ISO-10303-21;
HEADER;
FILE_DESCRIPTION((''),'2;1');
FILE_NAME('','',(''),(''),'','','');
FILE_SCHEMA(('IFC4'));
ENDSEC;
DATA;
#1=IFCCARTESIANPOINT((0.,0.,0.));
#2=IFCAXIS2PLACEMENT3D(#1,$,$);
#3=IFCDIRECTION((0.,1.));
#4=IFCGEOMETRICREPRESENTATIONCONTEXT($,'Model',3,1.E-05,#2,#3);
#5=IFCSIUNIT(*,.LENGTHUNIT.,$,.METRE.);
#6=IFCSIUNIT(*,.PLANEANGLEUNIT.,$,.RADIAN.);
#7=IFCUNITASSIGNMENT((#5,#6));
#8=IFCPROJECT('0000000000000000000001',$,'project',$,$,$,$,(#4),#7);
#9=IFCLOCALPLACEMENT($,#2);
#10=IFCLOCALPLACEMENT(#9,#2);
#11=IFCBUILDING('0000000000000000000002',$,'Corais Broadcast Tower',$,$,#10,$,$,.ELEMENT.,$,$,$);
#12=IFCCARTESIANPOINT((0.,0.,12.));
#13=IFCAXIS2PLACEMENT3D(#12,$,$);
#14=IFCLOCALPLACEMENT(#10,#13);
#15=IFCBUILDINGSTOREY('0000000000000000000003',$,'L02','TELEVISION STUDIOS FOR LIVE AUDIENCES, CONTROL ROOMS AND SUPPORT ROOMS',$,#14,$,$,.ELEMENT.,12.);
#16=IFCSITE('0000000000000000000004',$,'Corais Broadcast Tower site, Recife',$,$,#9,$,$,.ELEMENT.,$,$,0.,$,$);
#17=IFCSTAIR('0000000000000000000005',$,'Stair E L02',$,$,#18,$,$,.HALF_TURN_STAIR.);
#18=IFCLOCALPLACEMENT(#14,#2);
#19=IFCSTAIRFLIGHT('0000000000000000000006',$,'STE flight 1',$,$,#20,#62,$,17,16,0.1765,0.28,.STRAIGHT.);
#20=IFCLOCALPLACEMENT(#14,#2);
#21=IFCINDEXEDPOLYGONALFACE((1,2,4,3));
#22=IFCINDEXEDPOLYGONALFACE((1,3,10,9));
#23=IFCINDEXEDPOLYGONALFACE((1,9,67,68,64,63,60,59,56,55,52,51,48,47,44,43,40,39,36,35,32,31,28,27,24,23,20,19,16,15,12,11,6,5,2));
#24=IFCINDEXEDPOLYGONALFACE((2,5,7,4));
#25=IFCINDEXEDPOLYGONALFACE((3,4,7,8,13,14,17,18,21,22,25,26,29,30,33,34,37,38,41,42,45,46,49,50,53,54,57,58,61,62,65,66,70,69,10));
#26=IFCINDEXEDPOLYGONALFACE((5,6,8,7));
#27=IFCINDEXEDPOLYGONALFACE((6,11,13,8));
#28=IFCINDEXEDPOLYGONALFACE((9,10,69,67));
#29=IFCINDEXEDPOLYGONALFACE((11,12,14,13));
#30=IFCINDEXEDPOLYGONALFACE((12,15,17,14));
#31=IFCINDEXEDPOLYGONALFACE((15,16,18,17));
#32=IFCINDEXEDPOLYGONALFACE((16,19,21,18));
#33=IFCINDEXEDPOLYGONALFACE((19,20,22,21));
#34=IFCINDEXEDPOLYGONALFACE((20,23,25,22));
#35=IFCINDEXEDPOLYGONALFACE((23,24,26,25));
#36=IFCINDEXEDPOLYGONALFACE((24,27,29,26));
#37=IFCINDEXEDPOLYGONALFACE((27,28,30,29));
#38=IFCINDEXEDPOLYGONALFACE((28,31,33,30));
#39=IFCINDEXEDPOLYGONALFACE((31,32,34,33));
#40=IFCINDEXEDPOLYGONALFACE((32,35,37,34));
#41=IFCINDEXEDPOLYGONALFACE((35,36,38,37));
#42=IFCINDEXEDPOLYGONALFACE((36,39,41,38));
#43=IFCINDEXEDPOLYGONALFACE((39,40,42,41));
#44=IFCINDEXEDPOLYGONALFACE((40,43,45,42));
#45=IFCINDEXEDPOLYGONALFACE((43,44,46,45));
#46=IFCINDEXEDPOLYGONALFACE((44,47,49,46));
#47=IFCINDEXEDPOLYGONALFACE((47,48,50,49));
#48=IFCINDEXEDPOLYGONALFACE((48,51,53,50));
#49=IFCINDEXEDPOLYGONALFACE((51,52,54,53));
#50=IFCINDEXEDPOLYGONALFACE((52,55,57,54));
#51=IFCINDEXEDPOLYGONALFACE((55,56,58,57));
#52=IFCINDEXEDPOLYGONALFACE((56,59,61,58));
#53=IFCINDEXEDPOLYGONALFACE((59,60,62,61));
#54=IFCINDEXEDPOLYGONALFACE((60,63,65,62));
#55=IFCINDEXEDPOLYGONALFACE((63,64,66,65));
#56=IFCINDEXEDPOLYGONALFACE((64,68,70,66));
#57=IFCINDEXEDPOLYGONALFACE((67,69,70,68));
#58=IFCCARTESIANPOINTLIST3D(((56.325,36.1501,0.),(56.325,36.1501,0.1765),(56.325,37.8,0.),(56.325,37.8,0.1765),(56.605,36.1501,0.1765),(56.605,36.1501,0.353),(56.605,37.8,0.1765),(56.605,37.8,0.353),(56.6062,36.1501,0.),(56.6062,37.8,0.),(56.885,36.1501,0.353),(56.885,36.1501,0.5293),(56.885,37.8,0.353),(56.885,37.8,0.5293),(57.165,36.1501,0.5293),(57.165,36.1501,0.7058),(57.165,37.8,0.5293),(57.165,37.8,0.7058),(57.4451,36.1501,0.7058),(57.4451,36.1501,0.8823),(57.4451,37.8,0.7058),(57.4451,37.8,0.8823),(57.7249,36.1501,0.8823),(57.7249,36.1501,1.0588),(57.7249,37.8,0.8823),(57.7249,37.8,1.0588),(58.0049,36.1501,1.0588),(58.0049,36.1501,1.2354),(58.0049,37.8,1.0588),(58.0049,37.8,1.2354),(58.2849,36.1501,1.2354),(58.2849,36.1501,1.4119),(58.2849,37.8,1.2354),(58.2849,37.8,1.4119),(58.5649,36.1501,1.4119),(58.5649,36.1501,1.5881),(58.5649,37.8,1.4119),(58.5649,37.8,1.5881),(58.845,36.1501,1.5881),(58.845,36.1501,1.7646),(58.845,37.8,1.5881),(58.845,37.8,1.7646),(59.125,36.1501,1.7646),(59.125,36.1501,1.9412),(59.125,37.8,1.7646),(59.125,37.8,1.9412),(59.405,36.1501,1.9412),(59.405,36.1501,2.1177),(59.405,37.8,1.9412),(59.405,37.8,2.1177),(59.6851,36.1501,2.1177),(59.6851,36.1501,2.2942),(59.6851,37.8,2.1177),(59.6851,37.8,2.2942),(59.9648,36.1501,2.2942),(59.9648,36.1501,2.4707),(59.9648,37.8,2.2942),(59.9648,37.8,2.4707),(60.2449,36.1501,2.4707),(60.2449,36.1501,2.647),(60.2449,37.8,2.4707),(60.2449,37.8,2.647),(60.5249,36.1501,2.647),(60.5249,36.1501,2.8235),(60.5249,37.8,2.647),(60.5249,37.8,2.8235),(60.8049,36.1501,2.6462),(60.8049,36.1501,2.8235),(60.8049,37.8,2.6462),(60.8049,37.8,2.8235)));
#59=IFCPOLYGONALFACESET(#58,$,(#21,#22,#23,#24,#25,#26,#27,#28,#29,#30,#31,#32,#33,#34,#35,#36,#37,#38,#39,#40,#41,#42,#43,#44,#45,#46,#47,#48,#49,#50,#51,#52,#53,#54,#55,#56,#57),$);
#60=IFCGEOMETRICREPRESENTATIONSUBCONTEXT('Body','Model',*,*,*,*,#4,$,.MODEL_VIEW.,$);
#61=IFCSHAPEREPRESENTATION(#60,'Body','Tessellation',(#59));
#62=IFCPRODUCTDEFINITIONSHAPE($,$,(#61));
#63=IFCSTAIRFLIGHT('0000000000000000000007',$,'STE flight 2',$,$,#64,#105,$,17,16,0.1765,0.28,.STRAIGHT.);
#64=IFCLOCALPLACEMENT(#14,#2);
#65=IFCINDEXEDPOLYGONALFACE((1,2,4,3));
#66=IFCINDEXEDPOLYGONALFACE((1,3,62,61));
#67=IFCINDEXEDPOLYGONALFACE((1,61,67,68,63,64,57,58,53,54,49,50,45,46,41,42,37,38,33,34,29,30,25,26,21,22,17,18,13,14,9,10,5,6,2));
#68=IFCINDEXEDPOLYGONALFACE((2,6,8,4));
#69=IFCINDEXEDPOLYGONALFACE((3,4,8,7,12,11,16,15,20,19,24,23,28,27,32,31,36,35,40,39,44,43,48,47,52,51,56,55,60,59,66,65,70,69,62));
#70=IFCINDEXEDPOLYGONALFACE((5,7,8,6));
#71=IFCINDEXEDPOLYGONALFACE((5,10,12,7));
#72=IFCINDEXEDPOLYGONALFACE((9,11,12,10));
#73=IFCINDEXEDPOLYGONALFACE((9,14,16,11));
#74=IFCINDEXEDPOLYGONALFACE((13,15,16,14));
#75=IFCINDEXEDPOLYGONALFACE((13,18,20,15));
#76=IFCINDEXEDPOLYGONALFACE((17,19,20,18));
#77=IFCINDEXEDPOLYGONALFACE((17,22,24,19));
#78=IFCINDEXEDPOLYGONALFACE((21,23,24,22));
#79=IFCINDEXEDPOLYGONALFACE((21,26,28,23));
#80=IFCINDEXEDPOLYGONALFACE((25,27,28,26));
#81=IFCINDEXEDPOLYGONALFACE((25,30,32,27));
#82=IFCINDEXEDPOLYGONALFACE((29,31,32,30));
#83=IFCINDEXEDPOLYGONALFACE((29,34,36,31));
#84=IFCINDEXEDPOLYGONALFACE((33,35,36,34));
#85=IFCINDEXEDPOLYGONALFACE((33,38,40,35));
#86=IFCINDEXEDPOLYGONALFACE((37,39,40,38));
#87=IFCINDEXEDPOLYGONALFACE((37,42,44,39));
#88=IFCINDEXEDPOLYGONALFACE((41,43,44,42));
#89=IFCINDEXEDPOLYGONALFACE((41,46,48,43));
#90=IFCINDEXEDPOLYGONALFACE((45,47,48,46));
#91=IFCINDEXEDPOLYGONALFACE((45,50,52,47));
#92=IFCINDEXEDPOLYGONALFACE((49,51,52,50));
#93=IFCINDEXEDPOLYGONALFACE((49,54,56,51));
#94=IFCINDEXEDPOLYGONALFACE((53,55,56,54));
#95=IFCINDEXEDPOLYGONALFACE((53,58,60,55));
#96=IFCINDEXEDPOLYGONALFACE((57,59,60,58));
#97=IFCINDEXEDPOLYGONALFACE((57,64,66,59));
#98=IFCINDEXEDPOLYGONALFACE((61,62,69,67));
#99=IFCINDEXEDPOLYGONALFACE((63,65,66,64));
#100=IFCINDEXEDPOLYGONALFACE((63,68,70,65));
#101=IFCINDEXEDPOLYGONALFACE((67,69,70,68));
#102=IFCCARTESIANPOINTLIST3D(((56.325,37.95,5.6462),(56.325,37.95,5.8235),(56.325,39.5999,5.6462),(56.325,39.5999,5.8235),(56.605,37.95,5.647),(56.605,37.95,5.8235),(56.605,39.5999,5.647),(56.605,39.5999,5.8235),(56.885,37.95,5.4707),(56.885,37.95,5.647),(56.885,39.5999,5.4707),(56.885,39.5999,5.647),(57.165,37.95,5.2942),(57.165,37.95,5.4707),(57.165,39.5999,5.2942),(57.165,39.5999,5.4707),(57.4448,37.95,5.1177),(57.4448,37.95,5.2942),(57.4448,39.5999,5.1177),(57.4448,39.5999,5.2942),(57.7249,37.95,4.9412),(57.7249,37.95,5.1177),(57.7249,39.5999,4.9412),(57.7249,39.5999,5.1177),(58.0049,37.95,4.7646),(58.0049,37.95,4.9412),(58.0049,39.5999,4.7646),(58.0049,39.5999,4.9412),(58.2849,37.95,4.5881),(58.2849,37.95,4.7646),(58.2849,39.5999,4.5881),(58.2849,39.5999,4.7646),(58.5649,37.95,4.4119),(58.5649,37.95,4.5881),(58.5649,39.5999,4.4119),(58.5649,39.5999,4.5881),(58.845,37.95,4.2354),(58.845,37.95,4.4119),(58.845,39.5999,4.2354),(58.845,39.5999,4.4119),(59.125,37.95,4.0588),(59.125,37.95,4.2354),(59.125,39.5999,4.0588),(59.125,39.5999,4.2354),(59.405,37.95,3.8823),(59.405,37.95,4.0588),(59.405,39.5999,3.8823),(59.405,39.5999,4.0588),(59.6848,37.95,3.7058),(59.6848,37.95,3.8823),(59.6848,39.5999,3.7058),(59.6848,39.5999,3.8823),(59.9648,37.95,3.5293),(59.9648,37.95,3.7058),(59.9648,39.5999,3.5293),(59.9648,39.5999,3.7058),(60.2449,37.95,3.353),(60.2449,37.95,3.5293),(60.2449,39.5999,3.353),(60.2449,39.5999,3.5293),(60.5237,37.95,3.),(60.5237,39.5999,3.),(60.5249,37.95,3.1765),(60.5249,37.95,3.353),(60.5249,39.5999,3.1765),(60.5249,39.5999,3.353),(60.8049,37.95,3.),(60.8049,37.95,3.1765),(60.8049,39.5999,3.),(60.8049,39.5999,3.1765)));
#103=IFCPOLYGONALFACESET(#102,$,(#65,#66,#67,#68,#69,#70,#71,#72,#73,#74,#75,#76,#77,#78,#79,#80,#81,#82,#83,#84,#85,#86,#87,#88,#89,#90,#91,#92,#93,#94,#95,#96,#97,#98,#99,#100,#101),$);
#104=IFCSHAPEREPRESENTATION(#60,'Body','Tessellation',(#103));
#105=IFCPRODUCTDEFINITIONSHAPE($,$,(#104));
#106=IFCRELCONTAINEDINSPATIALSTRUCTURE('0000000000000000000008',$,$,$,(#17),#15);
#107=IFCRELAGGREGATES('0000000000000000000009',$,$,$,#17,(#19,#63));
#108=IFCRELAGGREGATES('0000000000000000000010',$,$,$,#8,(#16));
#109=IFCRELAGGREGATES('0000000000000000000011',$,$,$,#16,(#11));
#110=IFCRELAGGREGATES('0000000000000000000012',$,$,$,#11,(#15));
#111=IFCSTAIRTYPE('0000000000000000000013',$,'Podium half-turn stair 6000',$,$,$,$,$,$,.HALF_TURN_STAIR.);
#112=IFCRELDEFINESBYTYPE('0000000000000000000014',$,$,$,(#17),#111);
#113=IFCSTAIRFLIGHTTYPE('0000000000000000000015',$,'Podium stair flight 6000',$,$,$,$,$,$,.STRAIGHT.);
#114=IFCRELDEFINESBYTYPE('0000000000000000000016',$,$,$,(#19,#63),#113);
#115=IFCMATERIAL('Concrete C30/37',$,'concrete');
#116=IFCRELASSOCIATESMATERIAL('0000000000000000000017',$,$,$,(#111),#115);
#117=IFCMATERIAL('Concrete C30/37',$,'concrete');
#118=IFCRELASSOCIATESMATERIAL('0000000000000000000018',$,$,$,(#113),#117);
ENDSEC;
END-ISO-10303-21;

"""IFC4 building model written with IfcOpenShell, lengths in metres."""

from ifc_helpers import new_model, si_unit, direction, frame, origin, place, context, subcontext, project, spatial, polyline, outline, extrude, material, type_object, element, aggregate, save


model = new_model("IFC4")

# Units and contexts
model_context = context("Model", 3, precision=1e-05, world=origin(), true_north=direction((0.0, 1.0)))
body_context = subcontext(model_context, "Body", "Model", "MODEL_VIEW")
ifc_project = project(units=[si_unit("LENGTHUNIT", "METRE"), si_unit("PLANEANGLEUNIT", "RADIAN")], contexts=[model_context])

# Site, building, storey
site_placement = place(None, origin())
site = spatial("IfcSite", under=ifc_project, at=site_placement, Name="Corais Broadcast Tower site, Recife", CompositionType="ELEMENT", RefElevation=0.0)
building_placement = place(site_placement, origin())
building = spatial("IfcBuilding", under=site, at=building_placement, Name="Corais Broadcast Tower", CompositionType="ELEMENT")
storey_placement = place(building_placement, frame((0.0, 0.0, 12.0)))
storey = spatial("IfcBuildingStorey", under=building, at=storey_placement, Name="L02", Description="TELEVISION STUDIOS FOR LIVE AUDIENCES, CONTROL ROOMS AND SUPPORT ROOMS", CompositionType="ELEMENT", Elevation=12.0)

# Stair, stair flights
ifc_material_1 = material(Name="Concrete C30/37", Category="concrete")
stair_type = type_object("IfcStairType", Name="Podium half-turn stair 6000", PredefinedType="HALF_TURN_STAIR", material=ifc_material_1)
stair_placement = place(storey_placement, origin())
stair = element("IfcStair", 1, at=stair_placement, inside=storey, type_object=stair_type, Name="Stair E L02", PredefinedType="HALF_TURN_STAIR")
ifc_material_2 = material(Name="Concrete C30/37", Category="concrete")
stair_flight_type = type_object("IfcStairFlightType", Name="Podium stair flight 6000", PredefinedType="STRAIGHT", material=ifc_material_2)
stair_flight_1_placement = place(storey_placement, frame((56.325, 36.9751, 0.0), z_axis=(0.0, 0.0, 1.0), x_axis=(1.0, 0.0, 0.0)))
stair_flight_1 = element("IfcStairFlight", 2, at=stair_flight_1_placement, type_object=stair_flight_type, Name="STE flight 1", NumberOfRisers=17, NumberOfTreads=16, PredefinedType="STRAIGHT", RiserHeight=0.1765, TreadLength=0.28, context=body_context, shape_type="SweptSolid", body=[
    extrude(outline(polyline([(0.0, 0.0), (0.0, 0.1765), (0.28, 0.1765), (0.28, 0.353), (0.5601, 0.353), (0.5601, 0.5293), (0.8401, 0.5293), (0.8401, 0.7058), (1.1201, 0.7058), (1.1201, 0.8823), (1.3999, 0.8823), (1.3999, 1.0588), (1.6799, 1.0588), (1.6799, 1.2354), (1.96, 1.2354), (1.96, 1.4119), (2.24, 1.4119), (2.24, 1.5881), (2.52, 1.5881), (2.52, 1.7646), (2.8, 1.7646), (2.8, 1.9412), (3.0801, 1.9412), (3.0801, 2.1177), (3.3601, 2.1177), (3.3601, 2.2942), (3.6399, 2.2942), (3.6399, 2.4707), (3.9199, 2.4707), (3.9199, 2.647), (4.2, 2.647), (4.2, 2.8235), (4.48, 2.8235), (4.48, 3.0), (4.48, 2.6462), (0.2812, 0.0), (0.0, 0.0)])), frame((0.0, 0.825, 0.0), z_axis=(0.0, -1.0, 0.0), x_axis=(1.0, 0.0, 0.0)), (0.0, 0.0, 1.0), 1.6499),
])
stair_flight_2_placement = place(storey_placement, frame((60.8049, 38.7749, 3.0), z_axis=(0.0, 0.0, 1.0), x_axis=(-1.0, 0.0, 0.0)))
stair_flight_2 = element("IfcStairFlight", 3, at=stair_flight_2_placement, type_object=stair_flight_type, Name="STE flight 2", NumberOfRisers=17, NumberOfTreads=16, PredefinedType="STRAIGHT", RiserHeight=0.1765, TreadLength=0.28, context=body_context, shape_type="SweptSolid", body=[
    extrude(outline(polyline([(0.0, 0.0), (0.0, 0.1765), (0.28, 0.1765), (0.28, 0.353), (0.5601, 0.353), (0.5601, 0.5293), (0.8401, 0.5293), (0.8401, 0.7058), (1.1201, 0.7058), (1.1201, 0.8823), (1.3999, 0.8823), (1.3999, 1.0588), (1.6799, 1.0588), (1.6799, 1.2354), (1.96, 1.2354), (1.96, 1.4119), (2.24, 1.4119), (2.24, 1.5881), (2.52, 1.5881), (2.52, 1.7646), (2.8, 1.7646), (2.8, 1.9412), (3.0801, 1.9412), (3.0801, 2.1177), (3.3601, 2.1177), (3.3601, 2.2942), (3.6399, 2.2942), (3.6399, 2.4707), (3.9199, 2.4707), (3.9199, 2.647), (4.2, 2.647), (4.2, 2.8235), (4.48, 2.8235), (4.48, 3.0), (4.48, 2.6462), (0.2812, 0.0), (0.0, 0.0)])), frame((0.0, 0.825, 0.0), z_axis=(0.0, -1.0, 0.0), x_axis=(1.0, 0.0, 0.0)), (0.0, 0.0, 1.0), 1.6499),
])
aggregate(stair, [stair_flight_1, stair_flight_2])

save(model, "model.ifc")
